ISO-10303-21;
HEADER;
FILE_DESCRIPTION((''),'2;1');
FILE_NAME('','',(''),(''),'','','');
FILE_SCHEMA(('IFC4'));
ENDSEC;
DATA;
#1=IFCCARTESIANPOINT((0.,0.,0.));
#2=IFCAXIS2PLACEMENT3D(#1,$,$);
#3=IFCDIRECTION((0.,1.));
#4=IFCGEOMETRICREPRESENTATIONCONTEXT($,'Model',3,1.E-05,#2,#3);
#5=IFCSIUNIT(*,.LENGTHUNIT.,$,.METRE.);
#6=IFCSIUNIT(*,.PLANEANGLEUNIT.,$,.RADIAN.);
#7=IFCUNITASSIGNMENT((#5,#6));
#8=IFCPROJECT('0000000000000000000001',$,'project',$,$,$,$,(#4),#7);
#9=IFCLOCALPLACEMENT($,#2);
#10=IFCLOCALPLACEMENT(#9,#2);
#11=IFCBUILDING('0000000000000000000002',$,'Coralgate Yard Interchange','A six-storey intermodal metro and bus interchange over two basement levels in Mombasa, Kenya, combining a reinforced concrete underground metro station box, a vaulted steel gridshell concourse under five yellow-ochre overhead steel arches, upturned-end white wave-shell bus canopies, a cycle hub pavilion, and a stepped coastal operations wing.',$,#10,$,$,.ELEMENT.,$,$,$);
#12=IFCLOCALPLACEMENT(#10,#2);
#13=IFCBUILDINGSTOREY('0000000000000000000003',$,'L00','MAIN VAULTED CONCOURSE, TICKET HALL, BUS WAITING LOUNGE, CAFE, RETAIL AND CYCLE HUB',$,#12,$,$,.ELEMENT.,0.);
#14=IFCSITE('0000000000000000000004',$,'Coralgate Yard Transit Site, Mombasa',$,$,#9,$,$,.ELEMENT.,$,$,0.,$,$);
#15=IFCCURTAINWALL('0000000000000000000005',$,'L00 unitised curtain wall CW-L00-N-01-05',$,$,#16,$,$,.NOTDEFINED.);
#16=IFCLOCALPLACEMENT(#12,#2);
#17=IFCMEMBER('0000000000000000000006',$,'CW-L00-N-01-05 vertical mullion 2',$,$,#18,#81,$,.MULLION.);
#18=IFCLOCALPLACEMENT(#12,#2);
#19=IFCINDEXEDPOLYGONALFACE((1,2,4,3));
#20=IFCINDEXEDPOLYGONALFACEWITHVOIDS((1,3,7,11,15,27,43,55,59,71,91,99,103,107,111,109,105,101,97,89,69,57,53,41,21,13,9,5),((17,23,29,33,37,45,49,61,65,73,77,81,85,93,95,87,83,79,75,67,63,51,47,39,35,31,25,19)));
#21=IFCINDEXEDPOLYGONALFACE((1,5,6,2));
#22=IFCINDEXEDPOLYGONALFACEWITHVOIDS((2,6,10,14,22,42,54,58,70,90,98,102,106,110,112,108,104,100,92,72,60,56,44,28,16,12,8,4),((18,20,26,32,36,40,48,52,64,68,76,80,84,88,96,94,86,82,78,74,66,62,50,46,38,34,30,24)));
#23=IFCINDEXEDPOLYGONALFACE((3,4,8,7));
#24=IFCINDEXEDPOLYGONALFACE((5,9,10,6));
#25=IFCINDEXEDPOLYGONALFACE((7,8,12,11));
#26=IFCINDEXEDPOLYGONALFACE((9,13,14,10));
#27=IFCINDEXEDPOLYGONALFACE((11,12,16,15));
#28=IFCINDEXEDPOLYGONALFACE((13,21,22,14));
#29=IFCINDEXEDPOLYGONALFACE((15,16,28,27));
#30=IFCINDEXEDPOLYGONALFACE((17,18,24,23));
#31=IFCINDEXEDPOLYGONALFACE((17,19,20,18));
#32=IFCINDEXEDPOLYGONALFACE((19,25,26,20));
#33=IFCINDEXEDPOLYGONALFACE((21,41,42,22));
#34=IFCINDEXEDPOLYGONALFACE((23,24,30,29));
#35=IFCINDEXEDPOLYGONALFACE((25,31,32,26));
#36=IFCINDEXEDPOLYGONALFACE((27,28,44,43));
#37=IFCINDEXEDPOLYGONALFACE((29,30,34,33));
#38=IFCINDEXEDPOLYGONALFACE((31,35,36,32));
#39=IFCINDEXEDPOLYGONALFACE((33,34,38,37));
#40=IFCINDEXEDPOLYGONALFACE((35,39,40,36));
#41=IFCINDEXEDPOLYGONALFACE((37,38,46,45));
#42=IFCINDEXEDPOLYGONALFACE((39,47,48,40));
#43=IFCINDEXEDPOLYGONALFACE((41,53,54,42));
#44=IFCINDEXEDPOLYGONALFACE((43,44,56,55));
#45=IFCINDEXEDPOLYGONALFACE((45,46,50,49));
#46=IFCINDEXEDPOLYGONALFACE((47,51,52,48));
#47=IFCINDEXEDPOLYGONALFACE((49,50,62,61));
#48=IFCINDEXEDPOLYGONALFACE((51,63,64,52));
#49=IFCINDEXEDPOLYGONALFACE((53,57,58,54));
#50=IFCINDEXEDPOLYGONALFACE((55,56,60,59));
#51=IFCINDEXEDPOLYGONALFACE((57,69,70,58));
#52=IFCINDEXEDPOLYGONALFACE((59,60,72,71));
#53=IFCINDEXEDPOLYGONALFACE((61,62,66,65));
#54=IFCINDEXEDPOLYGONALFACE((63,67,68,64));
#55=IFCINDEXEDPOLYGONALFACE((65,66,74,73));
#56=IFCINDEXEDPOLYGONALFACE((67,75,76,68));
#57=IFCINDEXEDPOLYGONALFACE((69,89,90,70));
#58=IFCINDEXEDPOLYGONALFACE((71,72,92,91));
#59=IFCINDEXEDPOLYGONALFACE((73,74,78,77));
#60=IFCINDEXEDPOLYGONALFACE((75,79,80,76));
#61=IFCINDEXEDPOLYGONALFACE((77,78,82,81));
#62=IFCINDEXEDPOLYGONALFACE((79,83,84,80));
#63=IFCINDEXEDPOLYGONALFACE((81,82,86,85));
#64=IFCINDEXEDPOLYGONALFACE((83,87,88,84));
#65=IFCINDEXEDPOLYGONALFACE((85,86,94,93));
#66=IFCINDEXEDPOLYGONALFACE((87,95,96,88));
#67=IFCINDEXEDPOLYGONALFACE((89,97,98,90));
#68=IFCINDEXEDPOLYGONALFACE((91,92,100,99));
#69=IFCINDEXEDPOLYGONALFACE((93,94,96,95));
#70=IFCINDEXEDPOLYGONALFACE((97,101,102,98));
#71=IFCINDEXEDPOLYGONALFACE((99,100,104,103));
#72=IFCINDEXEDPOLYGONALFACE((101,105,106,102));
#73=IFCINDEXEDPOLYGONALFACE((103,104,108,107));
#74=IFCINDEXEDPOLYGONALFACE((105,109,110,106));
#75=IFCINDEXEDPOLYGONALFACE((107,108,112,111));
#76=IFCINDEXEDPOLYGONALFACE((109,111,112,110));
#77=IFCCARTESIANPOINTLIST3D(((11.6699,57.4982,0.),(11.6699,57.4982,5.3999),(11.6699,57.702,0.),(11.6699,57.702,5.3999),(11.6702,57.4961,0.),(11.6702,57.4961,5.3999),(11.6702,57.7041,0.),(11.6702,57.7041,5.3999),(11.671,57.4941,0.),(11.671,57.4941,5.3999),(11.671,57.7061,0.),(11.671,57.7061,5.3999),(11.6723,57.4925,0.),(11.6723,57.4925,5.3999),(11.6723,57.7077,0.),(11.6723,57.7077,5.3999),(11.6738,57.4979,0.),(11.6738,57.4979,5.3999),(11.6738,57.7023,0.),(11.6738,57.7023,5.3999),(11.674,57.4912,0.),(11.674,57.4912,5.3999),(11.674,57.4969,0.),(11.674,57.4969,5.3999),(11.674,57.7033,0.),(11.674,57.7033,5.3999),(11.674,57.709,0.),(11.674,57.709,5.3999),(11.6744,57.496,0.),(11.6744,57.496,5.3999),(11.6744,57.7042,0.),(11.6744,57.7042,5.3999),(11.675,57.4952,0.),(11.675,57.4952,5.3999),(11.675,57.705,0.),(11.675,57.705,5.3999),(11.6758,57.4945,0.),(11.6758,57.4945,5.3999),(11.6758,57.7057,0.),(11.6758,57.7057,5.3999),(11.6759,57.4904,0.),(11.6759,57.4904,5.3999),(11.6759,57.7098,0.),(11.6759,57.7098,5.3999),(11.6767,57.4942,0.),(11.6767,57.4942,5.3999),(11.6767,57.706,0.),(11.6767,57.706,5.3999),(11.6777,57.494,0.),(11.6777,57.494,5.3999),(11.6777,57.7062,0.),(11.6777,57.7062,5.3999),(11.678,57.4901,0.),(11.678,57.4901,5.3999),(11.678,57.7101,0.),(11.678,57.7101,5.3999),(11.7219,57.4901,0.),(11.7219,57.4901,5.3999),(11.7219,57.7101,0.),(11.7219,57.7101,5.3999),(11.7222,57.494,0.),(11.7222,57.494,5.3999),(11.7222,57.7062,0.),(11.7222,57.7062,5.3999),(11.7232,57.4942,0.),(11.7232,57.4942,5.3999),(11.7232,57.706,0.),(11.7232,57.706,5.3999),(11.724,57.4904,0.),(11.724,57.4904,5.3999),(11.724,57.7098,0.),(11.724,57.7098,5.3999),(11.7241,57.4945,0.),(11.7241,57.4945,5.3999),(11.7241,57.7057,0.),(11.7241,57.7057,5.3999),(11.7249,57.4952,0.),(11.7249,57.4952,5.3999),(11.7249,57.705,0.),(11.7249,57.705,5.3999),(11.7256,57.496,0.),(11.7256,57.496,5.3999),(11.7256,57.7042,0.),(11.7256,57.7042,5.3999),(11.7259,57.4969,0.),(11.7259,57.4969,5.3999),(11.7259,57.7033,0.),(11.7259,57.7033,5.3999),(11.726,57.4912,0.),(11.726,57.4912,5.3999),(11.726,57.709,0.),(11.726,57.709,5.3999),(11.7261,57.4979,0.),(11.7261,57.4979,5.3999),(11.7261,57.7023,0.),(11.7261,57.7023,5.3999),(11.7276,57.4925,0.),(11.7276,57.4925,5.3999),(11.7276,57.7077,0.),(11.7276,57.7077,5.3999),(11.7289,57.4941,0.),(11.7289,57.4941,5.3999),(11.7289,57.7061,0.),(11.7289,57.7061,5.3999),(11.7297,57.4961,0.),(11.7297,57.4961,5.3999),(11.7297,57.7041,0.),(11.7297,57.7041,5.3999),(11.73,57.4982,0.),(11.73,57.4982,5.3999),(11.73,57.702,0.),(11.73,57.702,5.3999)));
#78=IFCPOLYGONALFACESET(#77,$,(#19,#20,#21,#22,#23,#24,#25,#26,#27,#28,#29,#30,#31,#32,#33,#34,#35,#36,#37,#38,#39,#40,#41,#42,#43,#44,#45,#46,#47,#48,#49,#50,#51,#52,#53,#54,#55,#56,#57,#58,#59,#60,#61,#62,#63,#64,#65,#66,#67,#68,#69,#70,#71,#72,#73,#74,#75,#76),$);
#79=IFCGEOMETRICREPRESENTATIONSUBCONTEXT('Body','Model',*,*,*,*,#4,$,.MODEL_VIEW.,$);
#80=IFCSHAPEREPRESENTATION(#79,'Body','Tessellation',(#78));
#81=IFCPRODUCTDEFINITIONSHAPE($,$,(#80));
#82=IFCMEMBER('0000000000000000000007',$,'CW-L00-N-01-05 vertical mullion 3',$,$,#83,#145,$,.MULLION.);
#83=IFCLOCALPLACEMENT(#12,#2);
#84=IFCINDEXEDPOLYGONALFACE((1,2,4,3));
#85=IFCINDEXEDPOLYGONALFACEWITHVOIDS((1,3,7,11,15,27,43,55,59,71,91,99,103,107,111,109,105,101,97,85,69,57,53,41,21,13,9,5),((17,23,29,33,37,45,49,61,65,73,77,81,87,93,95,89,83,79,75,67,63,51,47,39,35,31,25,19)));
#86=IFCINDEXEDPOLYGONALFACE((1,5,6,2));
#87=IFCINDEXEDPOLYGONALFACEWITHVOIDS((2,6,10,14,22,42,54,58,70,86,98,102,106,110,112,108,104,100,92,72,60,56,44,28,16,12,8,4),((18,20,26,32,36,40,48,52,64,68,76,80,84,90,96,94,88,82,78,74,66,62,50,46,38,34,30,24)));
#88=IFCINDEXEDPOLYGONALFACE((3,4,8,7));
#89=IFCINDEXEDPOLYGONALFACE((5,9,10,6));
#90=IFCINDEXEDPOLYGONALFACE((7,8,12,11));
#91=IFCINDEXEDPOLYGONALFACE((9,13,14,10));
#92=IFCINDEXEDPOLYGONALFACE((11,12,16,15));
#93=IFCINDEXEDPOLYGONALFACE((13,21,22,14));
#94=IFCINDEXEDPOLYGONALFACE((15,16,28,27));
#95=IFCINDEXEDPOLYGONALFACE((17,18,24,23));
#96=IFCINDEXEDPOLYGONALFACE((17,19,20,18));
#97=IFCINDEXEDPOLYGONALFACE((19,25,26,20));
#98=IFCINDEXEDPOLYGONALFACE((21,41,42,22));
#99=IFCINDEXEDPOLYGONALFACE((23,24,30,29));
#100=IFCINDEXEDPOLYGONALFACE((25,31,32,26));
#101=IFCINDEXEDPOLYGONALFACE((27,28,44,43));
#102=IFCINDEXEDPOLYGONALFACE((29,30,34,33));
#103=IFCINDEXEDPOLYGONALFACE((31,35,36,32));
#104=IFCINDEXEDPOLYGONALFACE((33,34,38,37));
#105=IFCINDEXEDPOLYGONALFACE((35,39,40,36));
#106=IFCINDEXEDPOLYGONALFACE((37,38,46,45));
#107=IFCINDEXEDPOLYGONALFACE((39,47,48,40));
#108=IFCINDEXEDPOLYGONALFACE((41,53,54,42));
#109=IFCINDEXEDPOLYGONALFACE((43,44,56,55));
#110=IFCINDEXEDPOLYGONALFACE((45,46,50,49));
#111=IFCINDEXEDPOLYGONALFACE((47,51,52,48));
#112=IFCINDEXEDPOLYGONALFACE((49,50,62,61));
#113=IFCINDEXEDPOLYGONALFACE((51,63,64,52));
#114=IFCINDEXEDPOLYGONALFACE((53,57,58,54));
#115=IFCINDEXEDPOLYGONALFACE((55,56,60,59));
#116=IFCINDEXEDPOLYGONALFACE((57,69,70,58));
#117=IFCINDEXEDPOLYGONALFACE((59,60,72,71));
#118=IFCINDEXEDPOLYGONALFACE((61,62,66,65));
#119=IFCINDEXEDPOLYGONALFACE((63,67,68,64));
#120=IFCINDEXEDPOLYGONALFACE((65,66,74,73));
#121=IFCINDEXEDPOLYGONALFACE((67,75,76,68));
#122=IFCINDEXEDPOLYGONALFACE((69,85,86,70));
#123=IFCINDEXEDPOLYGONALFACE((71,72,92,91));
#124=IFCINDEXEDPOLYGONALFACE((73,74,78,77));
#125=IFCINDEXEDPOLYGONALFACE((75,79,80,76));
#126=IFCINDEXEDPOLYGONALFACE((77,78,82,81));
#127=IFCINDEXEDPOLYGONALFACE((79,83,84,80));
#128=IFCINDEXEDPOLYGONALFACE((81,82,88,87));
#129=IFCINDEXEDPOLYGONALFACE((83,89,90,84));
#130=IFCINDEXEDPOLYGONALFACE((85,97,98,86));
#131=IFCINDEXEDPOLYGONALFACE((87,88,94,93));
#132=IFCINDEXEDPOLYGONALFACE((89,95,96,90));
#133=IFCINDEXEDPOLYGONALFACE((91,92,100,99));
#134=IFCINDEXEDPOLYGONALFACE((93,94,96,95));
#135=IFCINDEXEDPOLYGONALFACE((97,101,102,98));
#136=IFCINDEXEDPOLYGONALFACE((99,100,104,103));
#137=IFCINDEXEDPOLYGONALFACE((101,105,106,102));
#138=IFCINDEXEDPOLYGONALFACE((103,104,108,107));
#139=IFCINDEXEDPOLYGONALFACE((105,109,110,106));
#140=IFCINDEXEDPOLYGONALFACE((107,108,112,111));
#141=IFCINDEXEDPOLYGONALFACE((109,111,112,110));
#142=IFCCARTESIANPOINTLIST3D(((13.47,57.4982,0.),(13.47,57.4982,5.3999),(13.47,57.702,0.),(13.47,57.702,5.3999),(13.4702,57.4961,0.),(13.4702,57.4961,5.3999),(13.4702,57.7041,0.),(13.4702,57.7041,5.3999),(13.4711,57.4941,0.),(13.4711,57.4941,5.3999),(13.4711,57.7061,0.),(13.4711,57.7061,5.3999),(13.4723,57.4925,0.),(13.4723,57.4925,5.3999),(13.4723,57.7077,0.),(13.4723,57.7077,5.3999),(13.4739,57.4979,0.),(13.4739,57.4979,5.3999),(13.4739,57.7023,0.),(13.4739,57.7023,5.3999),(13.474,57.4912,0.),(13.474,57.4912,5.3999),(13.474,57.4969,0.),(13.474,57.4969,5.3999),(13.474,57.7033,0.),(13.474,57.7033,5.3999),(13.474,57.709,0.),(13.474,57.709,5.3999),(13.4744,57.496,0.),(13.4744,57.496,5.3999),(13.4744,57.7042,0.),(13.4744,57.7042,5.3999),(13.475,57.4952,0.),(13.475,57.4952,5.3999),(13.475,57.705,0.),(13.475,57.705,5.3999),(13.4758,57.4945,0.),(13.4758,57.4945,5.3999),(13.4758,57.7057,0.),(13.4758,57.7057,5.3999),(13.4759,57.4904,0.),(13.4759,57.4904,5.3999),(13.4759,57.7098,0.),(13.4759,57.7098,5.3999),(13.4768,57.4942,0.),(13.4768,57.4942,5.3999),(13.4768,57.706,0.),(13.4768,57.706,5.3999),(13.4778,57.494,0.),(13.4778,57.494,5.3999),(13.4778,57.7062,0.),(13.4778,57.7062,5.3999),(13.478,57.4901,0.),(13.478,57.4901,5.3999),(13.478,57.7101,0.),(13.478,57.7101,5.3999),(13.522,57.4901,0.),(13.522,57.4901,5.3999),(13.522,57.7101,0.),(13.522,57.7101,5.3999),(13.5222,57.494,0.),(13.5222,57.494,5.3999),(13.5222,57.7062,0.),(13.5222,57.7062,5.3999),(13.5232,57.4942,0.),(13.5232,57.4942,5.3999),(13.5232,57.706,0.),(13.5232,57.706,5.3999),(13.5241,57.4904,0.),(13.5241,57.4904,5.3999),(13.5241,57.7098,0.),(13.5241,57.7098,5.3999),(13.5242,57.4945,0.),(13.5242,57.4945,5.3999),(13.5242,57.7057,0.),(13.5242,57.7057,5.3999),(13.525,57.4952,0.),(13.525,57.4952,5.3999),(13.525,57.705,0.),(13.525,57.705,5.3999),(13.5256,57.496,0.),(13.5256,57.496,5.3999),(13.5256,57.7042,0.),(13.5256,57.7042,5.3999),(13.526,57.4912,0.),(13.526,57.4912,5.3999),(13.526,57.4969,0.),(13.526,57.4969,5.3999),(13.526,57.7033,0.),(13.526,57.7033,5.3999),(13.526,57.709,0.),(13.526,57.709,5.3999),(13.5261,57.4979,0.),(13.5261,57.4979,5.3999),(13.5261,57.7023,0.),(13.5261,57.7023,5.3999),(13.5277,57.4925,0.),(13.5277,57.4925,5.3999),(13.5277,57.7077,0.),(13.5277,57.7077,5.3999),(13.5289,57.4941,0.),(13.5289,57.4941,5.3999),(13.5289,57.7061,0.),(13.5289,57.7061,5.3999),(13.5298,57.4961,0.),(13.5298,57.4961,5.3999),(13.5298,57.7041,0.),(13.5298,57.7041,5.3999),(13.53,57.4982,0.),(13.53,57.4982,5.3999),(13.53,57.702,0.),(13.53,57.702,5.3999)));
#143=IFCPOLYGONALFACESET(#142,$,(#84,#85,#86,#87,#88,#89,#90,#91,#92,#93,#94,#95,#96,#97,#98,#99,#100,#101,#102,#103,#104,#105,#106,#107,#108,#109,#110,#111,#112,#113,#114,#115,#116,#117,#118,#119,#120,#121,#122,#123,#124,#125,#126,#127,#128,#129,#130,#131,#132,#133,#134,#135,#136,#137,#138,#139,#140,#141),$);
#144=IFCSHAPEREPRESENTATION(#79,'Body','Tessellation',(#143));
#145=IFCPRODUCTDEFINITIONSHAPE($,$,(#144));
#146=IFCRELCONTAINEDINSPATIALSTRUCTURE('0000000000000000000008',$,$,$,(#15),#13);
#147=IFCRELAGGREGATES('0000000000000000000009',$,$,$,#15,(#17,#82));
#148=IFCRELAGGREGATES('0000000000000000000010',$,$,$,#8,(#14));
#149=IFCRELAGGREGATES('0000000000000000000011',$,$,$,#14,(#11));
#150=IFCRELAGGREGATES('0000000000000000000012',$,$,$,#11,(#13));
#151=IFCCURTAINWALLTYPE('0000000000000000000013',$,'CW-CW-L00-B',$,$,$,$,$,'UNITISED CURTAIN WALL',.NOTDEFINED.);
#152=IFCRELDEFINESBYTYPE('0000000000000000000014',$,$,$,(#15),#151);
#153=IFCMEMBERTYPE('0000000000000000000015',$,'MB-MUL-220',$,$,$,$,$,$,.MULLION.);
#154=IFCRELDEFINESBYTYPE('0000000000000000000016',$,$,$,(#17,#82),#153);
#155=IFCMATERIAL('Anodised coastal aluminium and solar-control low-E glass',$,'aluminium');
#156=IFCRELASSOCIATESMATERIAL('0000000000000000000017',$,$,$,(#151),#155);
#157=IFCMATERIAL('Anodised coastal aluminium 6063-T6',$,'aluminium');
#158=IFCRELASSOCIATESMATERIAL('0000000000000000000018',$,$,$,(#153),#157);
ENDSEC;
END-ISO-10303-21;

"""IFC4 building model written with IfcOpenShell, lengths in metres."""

from ifc_helpers import new_model, si_unit, direction, frame, origin, origin_2d, place, context, subcontext, project, spatial, hollow_rectangle, extrude, material, material_profile, profile_set, type_object, element, aggregate, save


model = new_model("IFC4")

# Units and contexts
model_context = context("Model", 3, precision=1e-05, world=origin(), true_north=direction((0.0, 1.0)))
body_context = subcontext(model_context, "Body", "Model", "MODEL_VIEW")
ifc_project = project(units=[si_unit("LENGTHUNIT", "METRE"), si_unit("PLANEANGLEUNIT", "RADIAN")], contexts=[model_context])

# Site, building, storey
site_placement = place(None, origin())
site = spatial("IfcSite", under=ifc_project, at=site_placement, Name="Coralgate Yard Transit Site, Mombasa", CompositionType="ELEMENT", RefElevation=0.0)
building_placement = place(site_placement, origin())
building = spatial("IfcBuilding", under=site, at=building_placement, Name="Coralgate Yard Interchange", Description="A six-storey intermodal metro and bus interchange over two basement levels in Mombasa, Kenya, combining a reinforced concrete underground metro station box, a vaulted steel gridshell concourse under five yellow-ochre overhead steel arches, upturned-end white wave-shell bus canopies, a cycle hub pavilion, and a stepped coastal operations wing.", CompositionType="ELEMENT")
storey_placement = place(building_placement, origin())
storey = spatial("IfcBuildingStorey", under=building, at=storey_placement, Name="L00", Description="MAIN VAULTED CONCOURSE, TICKET HALL, BUS WAITING LOUNGE, CAFE, RETAIL AND CYCLE HUB", CompositionType="ELEMENT", Elevation=0.0)

# Shared definitions
ifc_material_1 = material(Name="Anodised coastal aluminium and solar-control low-E glass", Category="aluminium")
curtain_wall_type = type_object("IfcCurtainWallType", Name="CW-CW-L00-B", ElementType="UNITISED CURTAIN WALL", PredefinedType="NOTDEFINED", material=ifc_material_1)
ifc_material_2 = material(Name="Anodised coastal aluminium 6063-T6", Category="aluminium")
ifc_material_profile_1 = material_profile(ifc_material_2, hollow_rectangle(XDim=0.0601, YDim=0.22, WallThickness=0.0039, InnerFilletRadius=0.0039, OuterFilletRadius=0.0081, at=origin_2d()), Name="ALU 60x220x4")
ifc_profile_set_1 = profile_set([ifc_material_profile_1], Name="Anodised coastal aluminium 6063-T6")
member_type_1 = type_object("IfcMemberType", Name="MB-MUL-220", PredefinedType="MULLION", material=ifc_profile_set_1)

# Curtain wall, members
curtain_wall_1_placement = place(storey_placement, origin())
curtain_wall_1 = element("IfcCurtainWall", 1, at=curtain_wall_1_placement, inside=storey, type_object=curtain_wall_type, Name="L00 unitised curtain wall CW-L00-N-01-05", PredefinedType="NOTDEFINED")
member_1_placement = place(storey_placement, frame((11.7, 57.6001, 0.0), z_axis=(0.0, 0.0, 1.0), x_axis=(1.0, 0.0, 0.0)))
member_1 = element("IfcMember", 2, at=member_1_placement, type_object=member_type_1, Name="CW-L00-N-01-05 vertical mullion 2", PredefinedType="MULLION", context=body_context, shape_type="SweptSolid", body=[
    extrude(hollow_rectangle(XDim=0.0601, YDim=0.22, WallThickness=0.0039, InnerFilletRadius=0.0039, OuterFilletRadius=0.0081, at=origin_2d()), origin(), (0.0, 0.0, 1.0), 5.3999),
])
member_2_placement = place(storey_placement, frame((13.5, 57.6001, 0.0), z_axis=(0.0, 0.0, 1.0), x_axis=(1.0, 0.0, 0.0)))
member_2 = element("IfcMember", 3, at=member_2_placement, type_object=member_type_1, Name="CW-L00-N-01-05 vertical mullion 3", PredefinedType="MULLION", context=body_context, shape_type="SweptSolid", body=[
    extrude(hollow_rectangle(XDim=0.0601, YDim=0.22, WallThickness=0.0039, InnerFilletRadius=0.0039, OuterFilletRadius=0.0081, at=origin_2d()), origin(), (0.0, 0.0, 1.0), 5.3999),
])

aggregate(curtain_wall_1, [member_1, member_2])

save(model, "model.ifc")
